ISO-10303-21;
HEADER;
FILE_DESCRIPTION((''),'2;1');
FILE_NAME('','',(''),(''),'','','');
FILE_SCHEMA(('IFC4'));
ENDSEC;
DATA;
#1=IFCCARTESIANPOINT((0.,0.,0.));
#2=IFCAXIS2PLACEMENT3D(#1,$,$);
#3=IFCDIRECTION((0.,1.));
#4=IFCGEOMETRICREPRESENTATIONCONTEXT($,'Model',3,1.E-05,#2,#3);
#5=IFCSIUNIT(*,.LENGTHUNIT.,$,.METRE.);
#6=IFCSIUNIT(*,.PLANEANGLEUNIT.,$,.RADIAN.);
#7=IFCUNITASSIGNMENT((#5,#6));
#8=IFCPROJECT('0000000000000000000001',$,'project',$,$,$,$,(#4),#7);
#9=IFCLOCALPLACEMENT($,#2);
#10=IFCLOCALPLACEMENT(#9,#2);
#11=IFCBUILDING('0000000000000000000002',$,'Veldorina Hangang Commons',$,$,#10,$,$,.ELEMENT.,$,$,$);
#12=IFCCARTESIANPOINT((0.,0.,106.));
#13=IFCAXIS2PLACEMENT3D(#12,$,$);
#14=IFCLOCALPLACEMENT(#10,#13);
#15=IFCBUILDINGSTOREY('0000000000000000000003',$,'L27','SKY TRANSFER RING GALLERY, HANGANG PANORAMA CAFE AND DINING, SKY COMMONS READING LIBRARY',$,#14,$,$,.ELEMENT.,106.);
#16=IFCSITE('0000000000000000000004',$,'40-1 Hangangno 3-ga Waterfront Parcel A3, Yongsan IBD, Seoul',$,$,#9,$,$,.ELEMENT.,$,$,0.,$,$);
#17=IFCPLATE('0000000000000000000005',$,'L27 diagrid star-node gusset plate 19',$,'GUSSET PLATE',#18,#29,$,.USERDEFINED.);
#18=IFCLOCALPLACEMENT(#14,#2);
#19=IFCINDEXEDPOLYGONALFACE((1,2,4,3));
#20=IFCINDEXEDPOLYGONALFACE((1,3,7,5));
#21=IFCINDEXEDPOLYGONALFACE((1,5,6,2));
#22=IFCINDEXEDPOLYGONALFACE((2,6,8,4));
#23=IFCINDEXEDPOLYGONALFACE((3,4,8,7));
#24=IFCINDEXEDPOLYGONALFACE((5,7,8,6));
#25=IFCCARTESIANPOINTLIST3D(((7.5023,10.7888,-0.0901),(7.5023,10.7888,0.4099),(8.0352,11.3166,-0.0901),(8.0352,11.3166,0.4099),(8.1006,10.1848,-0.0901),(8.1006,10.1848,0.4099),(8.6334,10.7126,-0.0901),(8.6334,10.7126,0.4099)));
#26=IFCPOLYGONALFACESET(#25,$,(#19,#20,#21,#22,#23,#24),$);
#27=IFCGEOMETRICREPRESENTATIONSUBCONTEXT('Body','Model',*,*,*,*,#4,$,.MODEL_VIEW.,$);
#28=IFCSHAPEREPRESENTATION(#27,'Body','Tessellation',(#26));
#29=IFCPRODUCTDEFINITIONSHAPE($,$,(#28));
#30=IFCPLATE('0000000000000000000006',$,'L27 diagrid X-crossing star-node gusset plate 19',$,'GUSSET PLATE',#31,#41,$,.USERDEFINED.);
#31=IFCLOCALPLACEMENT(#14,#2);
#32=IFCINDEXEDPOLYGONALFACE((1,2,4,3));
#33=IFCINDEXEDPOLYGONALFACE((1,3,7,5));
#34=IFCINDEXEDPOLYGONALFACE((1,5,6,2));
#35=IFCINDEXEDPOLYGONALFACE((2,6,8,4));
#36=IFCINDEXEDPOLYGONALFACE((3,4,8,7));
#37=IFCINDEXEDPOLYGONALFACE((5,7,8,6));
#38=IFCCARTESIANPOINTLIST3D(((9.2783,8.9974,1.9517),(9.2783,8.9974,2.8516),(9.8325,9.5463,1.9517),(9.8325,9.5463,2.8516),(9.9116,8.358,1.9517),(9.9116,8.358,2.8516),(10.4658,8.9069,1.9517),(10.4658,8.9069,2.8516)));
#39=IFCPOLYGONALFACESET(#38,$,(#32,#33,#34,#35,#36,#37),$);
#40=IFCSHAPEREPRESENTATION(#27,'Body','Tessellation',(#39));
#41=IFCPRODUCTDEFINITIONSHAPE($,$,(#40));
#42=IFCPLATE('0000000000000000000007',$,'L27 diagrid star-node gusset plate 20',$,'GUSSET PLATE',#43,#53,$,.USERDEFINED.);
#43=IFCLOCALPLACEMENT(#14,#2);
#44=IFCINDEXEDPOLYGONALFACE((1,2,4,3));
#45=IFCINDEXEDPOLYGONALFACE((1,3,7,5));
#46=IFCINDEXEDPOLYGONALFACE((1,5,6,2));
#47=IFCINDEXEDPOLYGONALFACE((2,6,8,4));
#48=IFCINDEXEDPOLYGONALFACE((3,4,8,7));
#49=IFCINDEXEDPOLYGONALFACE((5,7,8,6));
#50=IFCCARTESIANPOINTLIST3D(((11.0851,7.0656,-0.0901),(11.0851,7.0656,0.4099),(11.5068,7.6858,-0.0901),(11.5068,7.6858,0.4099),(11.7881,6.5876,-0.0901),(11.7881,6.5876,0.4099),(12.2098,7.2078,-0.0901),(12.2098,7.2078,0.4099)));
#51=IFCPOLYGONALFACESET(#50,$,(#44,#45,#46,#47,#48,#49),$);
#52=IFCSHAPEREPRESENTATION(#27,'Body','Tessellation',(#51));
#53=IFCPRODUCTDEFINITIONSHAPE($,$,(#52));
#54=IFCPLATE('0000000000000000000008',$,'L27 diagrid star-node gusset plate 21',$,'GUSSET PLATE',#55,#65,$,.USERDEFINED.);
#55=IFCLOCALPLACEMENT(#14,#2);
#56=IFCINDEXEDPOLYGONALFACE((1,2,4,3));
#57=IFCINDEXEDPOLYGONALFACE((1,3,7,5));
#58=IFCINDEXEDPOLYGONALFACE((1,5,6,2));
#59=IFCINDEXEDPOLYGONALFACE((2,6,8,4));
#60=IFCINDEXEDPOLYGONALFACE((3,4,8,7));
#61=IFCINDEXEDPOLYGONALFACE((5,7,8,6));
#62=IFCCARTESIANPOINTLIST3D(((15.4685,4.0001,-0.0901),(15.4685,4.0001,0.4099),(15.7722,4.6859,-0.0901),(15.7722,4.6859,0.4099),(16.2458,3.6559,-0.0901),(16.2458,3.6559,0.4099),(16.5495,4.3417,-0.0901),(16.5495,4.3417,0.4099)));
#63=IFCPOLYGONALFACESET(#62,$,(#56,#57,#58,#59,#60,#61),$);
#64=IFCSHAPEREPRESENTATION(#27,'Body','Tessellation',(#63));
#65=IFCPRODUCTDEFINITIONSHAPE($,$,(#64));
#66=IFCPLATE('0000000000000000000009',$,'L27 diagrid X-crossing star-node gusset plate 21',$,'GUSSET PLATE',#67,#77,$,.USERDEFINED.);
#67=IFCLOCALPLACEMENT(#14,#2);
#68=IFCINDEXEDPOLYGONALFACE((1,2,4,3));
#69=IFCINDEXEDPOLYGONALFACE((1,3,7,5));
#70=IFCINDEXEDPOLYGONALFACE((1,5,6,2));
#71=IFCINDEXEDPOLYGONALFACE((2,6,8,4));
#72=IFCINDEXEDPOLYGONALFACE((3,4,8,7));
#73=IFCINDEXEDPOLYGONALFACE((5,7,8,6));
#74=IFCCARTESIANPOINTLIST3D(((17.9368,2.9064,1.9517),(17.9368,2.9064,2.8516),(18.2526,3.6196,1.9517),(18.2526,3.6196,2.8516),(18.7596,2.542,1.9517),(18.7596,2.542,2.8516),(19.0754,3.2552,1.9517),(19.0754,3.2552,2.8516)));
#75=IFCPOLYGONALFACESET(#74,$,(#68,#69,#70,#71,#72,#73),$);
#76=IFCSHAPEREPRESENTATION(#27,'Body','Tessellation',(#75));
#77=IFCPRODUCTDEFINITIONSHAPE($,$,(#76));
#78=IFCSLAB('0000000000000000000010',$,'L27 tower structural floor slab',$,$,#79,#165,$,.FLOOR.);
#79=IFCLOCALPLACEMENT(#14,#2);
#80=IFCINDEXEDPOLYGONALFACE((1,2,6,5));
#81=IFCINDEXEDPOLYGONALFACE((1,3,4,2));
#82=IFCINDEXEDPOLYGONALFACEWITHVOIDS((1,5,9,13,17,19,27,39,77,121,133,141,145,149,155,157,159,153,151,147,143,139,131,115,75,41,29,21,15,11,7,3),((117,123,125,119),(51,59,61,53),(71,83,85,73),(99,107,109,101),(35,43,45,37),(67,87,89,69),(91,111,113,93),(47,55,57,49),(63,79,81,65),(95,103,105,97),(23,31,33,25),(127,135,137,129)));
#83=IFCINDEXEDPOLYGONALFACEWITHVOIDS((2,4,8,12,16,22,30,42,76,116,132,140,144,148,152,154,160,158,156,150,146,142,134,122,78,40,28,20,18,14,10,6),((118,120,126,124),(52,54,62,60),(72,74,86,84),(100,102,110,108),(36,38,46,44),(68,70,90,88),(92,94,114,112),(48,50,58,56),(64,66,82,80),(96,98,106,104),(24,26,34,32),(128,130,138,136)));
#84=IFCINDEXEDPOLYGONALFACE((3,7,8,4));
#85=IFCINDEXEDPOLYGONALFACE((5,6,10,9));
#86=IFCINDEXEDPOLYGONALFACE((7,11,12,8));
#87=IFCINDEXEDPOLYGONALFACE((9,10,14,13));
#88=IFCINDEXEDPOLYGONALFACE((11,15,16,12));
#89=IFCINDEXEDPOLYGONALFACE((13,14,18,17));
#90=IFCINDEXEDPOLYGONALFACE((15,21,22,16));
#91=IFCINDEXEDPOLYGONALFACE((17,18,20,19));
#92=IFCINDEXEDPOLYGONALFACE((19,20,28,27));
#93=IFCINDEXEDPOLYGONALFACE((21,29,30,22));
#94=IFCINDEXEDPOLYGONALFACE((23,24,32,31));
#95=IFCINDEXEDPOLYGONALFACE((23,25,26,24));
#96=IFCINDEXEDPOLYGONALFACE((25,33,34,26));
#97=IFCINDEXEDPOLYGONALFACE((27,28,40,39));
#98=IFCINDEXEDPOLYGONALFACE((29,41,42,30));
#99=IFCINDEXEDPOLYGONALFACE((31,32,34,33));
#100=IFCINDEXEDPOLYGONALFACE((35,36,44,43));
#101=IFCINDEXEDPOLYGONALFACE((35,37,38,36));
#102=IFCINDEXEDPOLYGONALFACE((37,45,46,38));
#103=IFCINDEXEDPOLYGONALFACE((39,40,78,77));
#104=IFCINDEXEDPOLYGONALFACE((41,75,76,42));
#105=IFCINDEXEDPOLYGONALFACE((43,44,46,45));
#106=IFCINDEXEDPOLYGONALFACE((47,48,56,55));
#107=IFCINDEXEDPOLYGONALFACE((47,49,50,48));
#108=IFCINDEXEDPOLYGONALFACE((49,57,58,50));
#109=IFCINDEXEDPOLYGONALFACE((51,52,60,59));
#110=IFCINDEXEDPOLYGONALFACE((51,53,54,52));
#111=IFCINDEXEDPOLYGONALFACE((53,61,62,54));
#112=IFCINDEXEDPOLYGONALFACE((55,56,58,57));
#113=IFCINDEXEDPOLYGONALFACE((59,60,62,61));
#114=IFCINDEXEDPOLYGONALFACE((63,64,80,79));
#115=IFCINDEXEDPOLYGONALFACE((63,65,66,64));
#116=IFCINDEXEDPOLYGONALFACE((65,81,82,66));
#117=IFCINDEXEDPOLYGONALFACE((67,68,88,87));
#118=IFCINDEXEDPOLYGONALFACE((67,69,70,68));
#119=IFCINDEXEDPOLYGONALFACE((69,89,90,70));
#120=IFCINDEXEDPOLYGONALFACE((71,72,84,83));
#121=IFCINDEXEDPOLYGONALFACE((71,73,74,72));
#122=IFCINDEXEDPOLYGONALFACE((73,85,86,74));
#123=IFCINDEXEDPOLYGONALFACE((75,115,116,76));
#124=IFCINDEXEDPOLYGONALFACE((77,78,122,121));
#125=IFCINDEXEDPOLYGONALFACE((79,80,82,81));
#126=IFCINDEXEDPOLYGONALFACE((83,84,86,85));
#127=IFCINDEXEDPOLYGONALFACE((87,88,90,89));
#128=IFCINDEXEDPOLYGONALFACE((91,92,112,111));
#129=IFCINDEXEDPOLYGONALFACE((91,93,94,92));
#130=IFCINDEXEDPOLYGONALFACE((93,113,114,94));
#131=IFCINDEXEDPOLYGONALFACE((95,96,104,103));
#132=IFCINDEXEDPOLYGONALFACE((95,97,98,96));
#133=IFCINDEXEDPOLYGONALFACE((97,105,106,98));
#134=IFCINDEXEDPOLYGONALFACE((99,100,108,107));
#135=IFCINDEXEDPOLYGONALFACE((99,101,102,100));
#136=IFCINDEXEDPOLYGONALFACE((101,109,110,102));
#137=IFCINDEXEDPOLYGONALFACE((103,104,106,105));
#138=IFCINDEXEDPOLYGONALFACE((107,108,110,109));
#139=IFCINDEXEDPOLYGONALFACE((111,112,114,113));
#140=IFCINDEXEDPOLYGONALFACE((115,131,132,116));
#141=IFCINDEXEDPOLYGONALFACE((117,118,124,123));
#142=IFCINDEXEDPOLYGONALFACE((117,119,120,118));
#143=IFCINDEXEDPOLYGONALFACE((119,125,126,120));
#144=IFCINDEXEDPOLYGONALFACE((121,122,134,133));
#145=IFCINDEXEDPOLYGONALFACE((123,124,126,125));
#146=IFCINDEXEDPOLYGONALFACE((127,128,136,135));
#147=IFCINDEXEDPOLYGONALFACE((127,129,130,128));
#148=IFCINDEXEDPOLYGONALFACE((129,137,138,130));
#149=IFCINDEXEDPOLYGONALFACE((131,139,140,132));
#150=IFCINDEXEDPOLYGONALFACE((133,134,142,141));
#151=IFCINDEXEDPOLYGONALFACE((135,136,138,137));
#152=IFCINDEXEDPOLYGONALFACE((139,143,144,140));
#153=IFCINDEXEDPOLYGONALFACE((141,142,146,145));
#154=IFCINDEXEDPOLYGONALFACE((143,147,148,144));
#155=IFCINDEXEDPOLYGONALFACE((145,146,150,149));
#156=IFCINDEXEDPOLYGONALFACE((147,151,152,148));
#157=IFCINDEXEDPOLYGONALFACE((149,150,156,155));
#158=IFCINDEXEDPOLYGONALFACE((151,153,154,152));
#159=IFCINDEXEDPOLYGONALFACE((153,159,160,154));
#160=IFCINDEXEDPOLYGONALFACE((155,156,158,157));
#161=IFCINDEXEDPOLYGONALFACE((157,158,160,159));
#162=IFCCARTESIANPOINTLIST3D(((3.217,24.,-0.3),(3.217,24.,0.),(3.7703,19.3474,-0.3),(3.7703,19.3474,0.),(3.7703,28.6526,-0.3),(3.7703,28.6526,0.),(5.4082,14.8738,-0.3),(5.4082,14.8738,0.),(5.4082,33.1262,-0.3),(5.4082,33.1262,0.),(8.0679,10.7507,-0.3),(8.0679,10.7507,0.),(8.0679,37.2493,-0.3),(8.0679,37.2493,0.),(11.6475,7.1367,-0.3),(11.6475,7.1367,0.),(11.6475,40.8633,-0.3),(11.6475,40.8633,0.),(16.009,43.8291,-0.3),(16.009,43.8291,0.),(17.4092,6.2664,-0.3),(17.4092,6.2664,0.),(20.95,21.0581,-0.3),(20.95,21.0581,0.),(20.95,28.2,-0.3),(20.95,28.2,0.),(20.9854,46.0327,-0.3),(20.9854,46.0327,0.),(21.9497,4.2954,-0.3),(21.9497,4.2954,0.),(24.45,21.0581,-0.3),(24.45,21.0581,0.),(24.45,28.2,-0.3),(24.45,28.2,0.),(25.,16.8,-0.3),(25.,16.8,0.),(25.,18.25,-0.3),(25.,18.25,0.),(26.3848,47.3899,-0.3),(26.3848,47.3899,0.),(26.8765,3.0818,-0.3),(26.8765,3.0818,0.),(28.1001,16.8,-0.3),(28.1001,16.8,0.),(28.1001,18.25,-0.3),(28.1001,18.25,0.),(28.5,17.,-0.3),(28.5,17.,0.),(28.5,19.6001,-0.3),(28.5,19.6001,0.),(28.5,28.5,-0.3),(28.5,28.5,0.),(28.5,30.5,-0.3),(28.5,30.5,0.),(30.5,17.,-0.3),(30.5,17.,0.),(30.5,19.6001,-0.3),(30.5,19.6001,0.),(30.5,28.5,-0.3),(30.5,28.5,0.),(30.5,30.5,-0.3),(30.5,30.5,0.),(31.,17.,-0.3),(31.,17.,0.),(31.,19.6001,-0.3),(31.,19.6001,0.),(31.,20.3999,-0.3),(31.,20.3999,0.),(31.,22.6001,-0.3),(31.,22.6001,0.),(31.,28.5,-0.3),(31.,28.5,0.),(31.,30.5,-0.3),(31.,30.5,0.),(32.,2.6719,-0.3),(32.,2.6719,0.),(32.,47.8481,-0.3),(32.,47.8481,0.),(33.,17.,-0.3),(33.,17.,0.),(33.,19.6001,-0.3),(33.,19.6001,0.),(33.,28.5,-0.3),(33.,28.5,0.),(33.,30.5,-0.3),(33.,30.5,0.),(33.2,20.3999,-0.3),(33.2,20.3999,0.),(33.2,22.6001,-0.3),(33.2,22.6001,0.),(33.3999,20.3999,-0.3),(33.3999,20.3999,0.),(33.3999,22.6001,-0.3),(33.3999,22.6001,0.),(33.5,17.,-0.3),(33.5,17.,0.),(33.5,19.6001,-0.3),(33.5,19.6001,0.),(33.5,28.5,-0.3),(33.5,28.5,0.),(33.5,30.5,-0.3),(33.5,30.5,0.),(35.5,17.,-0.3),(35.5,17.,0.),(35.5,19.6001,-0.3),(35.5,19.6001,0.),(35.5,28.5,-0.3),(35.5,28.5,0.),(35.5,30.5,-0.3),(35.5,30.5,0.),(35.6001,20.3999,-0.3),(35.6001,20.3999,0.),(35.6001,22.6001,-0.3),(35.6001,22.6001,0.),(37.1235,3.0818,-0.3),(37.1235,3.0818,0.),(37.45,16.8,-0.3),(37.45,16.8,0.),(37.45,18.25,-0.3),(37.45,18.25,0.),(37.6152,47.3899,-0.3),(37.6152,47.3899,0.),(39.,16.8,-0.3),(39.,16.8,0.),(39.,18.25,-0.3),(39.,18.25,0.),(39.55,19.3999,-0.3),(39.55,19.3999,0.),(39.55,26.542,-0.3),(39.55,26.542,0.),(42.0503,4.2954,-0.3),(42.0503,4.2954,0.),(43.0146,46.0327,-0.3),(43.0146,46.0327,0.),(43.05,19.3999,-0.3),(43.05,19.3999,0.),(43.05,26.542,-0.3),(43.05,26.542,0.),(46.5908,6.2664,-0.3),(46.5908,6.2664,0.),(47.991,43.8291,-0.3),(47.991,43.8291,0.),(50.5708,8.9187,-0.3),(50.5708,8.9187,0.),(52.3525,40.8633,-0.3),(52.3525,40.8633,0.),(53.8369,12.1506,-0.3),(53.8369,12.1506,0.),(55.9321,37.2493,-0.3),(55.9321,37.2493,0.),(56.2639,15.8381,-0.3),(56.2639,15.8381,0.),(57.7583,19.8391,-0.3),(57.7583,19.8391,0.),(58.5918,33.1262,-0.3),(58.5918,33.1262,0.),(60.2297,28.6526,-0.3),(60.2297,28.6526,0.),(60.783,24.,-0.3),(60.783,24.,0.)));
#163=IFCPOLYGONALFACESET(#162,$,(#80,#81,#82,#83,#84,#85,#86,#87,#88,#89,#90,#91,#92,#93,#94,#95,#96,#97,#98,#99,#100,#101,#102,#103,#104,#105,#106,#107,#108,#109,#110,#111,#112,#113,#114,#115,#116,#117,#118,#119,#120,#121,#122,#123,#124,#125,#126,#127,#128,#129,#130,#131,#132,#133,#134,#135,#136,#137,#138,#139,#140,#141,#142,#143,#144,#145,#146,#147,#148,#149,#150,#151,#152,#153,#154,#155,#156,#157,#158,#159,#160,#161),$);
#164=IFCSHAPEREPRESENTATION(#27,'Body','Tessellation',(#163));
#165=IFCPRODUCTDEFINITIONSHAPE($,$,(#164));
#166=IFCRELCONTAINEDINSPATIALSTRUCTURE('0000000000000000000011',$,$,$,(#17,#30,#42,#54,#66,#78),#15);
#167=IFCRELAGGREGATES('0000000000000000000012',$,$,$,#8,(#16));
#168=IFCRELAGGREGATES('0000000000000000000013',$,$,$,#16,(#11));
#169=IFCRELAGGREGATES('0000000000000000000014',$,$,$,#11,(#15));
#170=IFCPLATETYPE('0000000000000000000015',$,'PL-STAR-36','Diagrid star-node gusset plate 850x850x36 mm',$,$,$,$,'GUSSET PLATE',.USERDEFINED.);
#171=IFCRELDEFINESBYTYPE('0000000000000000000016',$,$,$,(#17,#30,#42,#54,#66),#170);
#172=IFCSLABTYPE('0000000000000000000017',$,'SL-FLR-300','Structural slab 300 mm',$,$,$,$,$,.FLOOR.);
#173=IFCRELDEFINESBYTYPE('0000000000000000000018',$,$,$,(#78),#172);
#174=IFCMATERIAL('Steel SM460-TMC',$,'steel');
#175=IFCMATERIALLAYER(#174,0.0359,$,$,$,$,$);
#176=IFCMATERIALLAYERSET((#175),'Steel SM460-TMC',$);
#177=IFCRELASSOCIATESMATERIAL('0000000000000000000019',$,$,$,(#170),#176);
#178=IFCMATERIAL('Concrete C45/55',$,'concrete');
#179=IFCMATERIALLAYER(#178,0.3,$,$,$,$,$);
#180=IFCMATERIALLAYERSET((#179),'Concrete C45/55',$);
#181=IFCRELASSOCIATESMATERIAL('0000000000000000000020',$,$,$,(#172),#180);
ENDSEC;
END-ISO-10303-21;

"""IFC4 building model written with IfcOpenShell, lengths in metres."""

from ifc_helpers import new_model, si_unit, direction, frame, origin, origin_2d, place, context, subcontext, project, spatial, polyline, rectangle, outline, extrude, material, layer, layer_set, type_object, element, save


model = new_model("IFC4")

# Units and contexts
model_context = context("Model", 3, precision=1e-05, world=origin(), true_north=direction((0.0, 1.0)))
body_context = subcontext(model_context, "Body", "Model", "MODEL_VIEW")
ifc_project = project(units=[si_unit("LENGTHUNIT", "METRE"), si_unit("PLANEANGLEUNIT", "RADIAN")], contexts=[model_context])

# Site, building, storey
site_placement = place(None, origin())
site = spatial("IfcSite", under=ifc_project, at=site_placement, Name="40-1 Hangangno 3-ga Waterfront Parcel A3, Yongsan IBD, Seoul", CompositionType="ELEMENT", RefElevation=0.0)
building_placement = place(site_placement, origin())
building = spatial("IfcBuilding", under=site, at=building_placement, Name="Veldorina Hangang Commons", CompositionType="ELEMENT")
storey_placement = place(building_placement, frame((0.0, 0.0, 106.0)))
storey = spatial("IfcBuildingStorey", under=building, at=storey_placement, Name="L27", Description="SKY TRANSFER RING GALLERY, HANGANG PANORAMA CAFE AND DINING, SKY COMMONS READING LIBRARY", CompositionType="ELEMENT", Elevation=106.0)

# Shared definitions
ifc_material_1 = material(Name="Steel SM460-TMC", Category="steel")

# Plates
ifc_layer_1 = layer(ifc_material_1, 0.0359)
ifc_layer_set_1 = layer_set([ifc_layer_1], Name="Steel SM460-TMC")
plate_type_1 = type_object("IfcPlateType", Name="PL-STAR-36", Description="Diagrid star-node gusset plate 850x850x36 mm", ElementType="GUSSET PLATE", PredefinedType="USERDEFINED", material=ifc_layer_set_1)
plate_1_placement = place(storey_placement, frame((8.0679, 10.7507, -0.0901), z_axis=(0.0, 0.0, 1.0), x_axis=(0.703717, -0.71048, 0.0)))
element("IfcPlate", 1, at=plate_1_placement, inside=storey, type_object=plate_type_1, Name="L27 diagrid star-node gusset plate 19", ObjectType="GUSSET PLATE", PredefinedType="USERDEFINED", context=body_context, shape_type="SweptSolid", body=[
    extrude(rectangle(XDim=0.8501, YDim=0.75, at=origin_2d()), origin(), (0.0, 0.0, 1.0), 0.5),
])
plate_2_placement = place(storey_placement, frame((9.8721, 8.9521, 1.9517), z_axis=(0.0, 0.0, 1.0), x_axis=(0.703717, -0.71048, 0.0)))
element("IfcPlate", 2, at=plate_2_placement, inside=storey, type_object=plate_type_1, Name="L27 diagrid X-crossing star-node gusset plate 19", ObjectType="GUSSET PLATE", PredefinedType="USERDEFINED", context=body_context, shape_type="SweptSolid", body=[
    extrude(rectangle(XDim=0.8999, YDim=0.78, at=origin_2d()), origin(), (0.0, 0.0, 1.0), 0.8999),
])
for number, where, z_axis, x_axis, name in (
    (3, (11.6475, 7.1367, -0.0901), (0.0, 0.0, 1.0), (0.826943, -0.562285, 0.0), "L27 diagrid star-node gusset plate 20"),
    (4, (16.009, 4.1709, -0.0901), (0.0, 0.0, 1.0), (0.914346, -0.404934, 0.0), "L27 diagrid star-node gusset plate 21"),
):
    element("IfcPlate", number, at=place(storey_placement, frame(where, z_axis=z_axis, x_axis=x_axis)), inside=storey, type_object=plate_type_1, Name=name, ObjectType="GUSSET PLATE", PredefinedType="USERDEFINED", context=body_context, shape_type="SweptSolid", body=[
        extrude(rectangle(XDim=0.8501, YDim=0.75, at=origin_2d()), origin(), (0.0, 0.0, 1.0), 0.5),
    ])
plate_3_placement = place(storey_placement, frame((18.5061, 3.0808, 1.9517), z_axis=(0.0, 0.0, 1.0), x_axis=(0.914346, -0.404934, 0.0)))
element("IfcPlate", 5, at=plate_3_placement, inside=storey, type_object=plate_type_1, Name="L27 diagrid X-crossing star-node gusset plate 21", ObjectType="GUSSET PLATE", PredefinedType="USERDEFINED", context=body_context, shape_type="SweptSolid", body=[
    extrude(rectangle(XDim=0.8999, YDim=0.78, at=origin_2d()), origin(), (0.0, 0.0, 1.0), 0.8999),
])

# Slab
ifc_material_2 = material(Name="Concrete C45/55", Category="concrete")
ifc_layer_2 = layer(ifc_material_2, 0.3)
ifc_layer_set_2 = layer_set([ifc_layer_2], Name="Concrete C45/55")
slab_type_1 = type_object("IfcSlabType", Name="SL-FLR-300", Description="Structural slab 300 mm", PredefinedType="FLOOR", material=ifc_layer_set_2)
slab_1_placement = place(storey_placement, frame((0.0, 0.0, -0.3)))
element("IfcSlab", 6, at=slab_1_placement, inside=storey, type_object=slab_type_1, Name="L27 tower structural floor slab", PredefinedType="FLOOR", context=body_context, shape_type="SweptSolid", body=[
    extrude(outline(polyline([(60.783, 24.0), (60.2297, 28.6526), (58.5918, 33.1262), (55.9321, 37.2493), (52.3525, 40.8633), (47.991, 43.8291), (43.0146, 46.0327), (37.6152, 47.3899), (32.0, 47.8481), (26.3848, 47.3899), (20.9854, 46.0327), (16.009, 43.8291), (11.6475, 40.8633), (8.0679, 37.2493), (5.4082, 33.1262), (3.7703, 28.6526), (3.217, 24.0), (3.7703, 19.3474), (5.4082, 14.8738), (8.0679, 10.7507), (11.6475, 7.1367), (17.4092, 6.2664), (21.9497, 4.2954), (26.8765, 3.0818), (32.0, 2.6719), (37.1235, 3.0818), (42.0503, 4.2954), (46.5908, 6.2664), (50.5708, 8.9187), (53.8369, 12.1506), (56.2639, 15.8381), (57.7583, 19.8391), (60.783, 24.0)]), holes=[polyline([(20.95, 21.0581), (20.95, 28.2), (24.45, 28.2), (24.45, 21.0581), (20.95, 21.0581)]), polyline([(43.05, 26.542), (43.05, 19.3999), (39.55, 19.3999), (39.55, 26.542), (43.05, 26.542)]), polyline([(28.5, 30.5), (30.5, 30.5), (30.5, 28.5), (28.5, 28.5), (28.5, 30.5)]), polyline([(31.0, 30.5), (33.0, 30.5), (33.0, 28.5), (31.0, 28.5), (31.0, 30.5)]), polyline([(33.5, 30.5), (35.5, 30.5), (35.5, 28.5), (33.5, 28.5), (33.5, 30.5)]), polyline([(31.0, 22.6001), (33.2, 22.6001), (33.2, 20.3999), (31.0, 20.3999), (31.0, 22.6001)]), polyline([(33.3999, 22.6001), (35.6001, 22.6001), (35.6001, 20.3999), (33.3999, 20.3999), (33.3999, 22.6001)]), polyline([(28.5, 19.6001), (30.5, 19.6001), (30.5, 17.0), (28.5, 17.0), (28.5, 19.6001)]), polyline([(31.0, 19.6001), (33.0, 19.6001), (33.0, 17.0), (31.0, 17.0), (31.0, 19.6001)]), polyline([(33.5, 19.6001), (35.5, 19.6001), (35.5, 17.0), (33.5, 17.0), (33.5, 19.6001)]), polyline([(25.0, 18.25), (28.1001, 18.25), (28.1001, 16.8), (25.0, 16.8), (25.0, 18.25)]), polyline([(37.45, 18.25), (39.0, 18.25), (39.0, 16.8), (37.45, 16.8), (37.45, 18.25)])]), origin(), (0.0, 0.0, 1.0), 0.3),
])

save(model, "model.ifc")
